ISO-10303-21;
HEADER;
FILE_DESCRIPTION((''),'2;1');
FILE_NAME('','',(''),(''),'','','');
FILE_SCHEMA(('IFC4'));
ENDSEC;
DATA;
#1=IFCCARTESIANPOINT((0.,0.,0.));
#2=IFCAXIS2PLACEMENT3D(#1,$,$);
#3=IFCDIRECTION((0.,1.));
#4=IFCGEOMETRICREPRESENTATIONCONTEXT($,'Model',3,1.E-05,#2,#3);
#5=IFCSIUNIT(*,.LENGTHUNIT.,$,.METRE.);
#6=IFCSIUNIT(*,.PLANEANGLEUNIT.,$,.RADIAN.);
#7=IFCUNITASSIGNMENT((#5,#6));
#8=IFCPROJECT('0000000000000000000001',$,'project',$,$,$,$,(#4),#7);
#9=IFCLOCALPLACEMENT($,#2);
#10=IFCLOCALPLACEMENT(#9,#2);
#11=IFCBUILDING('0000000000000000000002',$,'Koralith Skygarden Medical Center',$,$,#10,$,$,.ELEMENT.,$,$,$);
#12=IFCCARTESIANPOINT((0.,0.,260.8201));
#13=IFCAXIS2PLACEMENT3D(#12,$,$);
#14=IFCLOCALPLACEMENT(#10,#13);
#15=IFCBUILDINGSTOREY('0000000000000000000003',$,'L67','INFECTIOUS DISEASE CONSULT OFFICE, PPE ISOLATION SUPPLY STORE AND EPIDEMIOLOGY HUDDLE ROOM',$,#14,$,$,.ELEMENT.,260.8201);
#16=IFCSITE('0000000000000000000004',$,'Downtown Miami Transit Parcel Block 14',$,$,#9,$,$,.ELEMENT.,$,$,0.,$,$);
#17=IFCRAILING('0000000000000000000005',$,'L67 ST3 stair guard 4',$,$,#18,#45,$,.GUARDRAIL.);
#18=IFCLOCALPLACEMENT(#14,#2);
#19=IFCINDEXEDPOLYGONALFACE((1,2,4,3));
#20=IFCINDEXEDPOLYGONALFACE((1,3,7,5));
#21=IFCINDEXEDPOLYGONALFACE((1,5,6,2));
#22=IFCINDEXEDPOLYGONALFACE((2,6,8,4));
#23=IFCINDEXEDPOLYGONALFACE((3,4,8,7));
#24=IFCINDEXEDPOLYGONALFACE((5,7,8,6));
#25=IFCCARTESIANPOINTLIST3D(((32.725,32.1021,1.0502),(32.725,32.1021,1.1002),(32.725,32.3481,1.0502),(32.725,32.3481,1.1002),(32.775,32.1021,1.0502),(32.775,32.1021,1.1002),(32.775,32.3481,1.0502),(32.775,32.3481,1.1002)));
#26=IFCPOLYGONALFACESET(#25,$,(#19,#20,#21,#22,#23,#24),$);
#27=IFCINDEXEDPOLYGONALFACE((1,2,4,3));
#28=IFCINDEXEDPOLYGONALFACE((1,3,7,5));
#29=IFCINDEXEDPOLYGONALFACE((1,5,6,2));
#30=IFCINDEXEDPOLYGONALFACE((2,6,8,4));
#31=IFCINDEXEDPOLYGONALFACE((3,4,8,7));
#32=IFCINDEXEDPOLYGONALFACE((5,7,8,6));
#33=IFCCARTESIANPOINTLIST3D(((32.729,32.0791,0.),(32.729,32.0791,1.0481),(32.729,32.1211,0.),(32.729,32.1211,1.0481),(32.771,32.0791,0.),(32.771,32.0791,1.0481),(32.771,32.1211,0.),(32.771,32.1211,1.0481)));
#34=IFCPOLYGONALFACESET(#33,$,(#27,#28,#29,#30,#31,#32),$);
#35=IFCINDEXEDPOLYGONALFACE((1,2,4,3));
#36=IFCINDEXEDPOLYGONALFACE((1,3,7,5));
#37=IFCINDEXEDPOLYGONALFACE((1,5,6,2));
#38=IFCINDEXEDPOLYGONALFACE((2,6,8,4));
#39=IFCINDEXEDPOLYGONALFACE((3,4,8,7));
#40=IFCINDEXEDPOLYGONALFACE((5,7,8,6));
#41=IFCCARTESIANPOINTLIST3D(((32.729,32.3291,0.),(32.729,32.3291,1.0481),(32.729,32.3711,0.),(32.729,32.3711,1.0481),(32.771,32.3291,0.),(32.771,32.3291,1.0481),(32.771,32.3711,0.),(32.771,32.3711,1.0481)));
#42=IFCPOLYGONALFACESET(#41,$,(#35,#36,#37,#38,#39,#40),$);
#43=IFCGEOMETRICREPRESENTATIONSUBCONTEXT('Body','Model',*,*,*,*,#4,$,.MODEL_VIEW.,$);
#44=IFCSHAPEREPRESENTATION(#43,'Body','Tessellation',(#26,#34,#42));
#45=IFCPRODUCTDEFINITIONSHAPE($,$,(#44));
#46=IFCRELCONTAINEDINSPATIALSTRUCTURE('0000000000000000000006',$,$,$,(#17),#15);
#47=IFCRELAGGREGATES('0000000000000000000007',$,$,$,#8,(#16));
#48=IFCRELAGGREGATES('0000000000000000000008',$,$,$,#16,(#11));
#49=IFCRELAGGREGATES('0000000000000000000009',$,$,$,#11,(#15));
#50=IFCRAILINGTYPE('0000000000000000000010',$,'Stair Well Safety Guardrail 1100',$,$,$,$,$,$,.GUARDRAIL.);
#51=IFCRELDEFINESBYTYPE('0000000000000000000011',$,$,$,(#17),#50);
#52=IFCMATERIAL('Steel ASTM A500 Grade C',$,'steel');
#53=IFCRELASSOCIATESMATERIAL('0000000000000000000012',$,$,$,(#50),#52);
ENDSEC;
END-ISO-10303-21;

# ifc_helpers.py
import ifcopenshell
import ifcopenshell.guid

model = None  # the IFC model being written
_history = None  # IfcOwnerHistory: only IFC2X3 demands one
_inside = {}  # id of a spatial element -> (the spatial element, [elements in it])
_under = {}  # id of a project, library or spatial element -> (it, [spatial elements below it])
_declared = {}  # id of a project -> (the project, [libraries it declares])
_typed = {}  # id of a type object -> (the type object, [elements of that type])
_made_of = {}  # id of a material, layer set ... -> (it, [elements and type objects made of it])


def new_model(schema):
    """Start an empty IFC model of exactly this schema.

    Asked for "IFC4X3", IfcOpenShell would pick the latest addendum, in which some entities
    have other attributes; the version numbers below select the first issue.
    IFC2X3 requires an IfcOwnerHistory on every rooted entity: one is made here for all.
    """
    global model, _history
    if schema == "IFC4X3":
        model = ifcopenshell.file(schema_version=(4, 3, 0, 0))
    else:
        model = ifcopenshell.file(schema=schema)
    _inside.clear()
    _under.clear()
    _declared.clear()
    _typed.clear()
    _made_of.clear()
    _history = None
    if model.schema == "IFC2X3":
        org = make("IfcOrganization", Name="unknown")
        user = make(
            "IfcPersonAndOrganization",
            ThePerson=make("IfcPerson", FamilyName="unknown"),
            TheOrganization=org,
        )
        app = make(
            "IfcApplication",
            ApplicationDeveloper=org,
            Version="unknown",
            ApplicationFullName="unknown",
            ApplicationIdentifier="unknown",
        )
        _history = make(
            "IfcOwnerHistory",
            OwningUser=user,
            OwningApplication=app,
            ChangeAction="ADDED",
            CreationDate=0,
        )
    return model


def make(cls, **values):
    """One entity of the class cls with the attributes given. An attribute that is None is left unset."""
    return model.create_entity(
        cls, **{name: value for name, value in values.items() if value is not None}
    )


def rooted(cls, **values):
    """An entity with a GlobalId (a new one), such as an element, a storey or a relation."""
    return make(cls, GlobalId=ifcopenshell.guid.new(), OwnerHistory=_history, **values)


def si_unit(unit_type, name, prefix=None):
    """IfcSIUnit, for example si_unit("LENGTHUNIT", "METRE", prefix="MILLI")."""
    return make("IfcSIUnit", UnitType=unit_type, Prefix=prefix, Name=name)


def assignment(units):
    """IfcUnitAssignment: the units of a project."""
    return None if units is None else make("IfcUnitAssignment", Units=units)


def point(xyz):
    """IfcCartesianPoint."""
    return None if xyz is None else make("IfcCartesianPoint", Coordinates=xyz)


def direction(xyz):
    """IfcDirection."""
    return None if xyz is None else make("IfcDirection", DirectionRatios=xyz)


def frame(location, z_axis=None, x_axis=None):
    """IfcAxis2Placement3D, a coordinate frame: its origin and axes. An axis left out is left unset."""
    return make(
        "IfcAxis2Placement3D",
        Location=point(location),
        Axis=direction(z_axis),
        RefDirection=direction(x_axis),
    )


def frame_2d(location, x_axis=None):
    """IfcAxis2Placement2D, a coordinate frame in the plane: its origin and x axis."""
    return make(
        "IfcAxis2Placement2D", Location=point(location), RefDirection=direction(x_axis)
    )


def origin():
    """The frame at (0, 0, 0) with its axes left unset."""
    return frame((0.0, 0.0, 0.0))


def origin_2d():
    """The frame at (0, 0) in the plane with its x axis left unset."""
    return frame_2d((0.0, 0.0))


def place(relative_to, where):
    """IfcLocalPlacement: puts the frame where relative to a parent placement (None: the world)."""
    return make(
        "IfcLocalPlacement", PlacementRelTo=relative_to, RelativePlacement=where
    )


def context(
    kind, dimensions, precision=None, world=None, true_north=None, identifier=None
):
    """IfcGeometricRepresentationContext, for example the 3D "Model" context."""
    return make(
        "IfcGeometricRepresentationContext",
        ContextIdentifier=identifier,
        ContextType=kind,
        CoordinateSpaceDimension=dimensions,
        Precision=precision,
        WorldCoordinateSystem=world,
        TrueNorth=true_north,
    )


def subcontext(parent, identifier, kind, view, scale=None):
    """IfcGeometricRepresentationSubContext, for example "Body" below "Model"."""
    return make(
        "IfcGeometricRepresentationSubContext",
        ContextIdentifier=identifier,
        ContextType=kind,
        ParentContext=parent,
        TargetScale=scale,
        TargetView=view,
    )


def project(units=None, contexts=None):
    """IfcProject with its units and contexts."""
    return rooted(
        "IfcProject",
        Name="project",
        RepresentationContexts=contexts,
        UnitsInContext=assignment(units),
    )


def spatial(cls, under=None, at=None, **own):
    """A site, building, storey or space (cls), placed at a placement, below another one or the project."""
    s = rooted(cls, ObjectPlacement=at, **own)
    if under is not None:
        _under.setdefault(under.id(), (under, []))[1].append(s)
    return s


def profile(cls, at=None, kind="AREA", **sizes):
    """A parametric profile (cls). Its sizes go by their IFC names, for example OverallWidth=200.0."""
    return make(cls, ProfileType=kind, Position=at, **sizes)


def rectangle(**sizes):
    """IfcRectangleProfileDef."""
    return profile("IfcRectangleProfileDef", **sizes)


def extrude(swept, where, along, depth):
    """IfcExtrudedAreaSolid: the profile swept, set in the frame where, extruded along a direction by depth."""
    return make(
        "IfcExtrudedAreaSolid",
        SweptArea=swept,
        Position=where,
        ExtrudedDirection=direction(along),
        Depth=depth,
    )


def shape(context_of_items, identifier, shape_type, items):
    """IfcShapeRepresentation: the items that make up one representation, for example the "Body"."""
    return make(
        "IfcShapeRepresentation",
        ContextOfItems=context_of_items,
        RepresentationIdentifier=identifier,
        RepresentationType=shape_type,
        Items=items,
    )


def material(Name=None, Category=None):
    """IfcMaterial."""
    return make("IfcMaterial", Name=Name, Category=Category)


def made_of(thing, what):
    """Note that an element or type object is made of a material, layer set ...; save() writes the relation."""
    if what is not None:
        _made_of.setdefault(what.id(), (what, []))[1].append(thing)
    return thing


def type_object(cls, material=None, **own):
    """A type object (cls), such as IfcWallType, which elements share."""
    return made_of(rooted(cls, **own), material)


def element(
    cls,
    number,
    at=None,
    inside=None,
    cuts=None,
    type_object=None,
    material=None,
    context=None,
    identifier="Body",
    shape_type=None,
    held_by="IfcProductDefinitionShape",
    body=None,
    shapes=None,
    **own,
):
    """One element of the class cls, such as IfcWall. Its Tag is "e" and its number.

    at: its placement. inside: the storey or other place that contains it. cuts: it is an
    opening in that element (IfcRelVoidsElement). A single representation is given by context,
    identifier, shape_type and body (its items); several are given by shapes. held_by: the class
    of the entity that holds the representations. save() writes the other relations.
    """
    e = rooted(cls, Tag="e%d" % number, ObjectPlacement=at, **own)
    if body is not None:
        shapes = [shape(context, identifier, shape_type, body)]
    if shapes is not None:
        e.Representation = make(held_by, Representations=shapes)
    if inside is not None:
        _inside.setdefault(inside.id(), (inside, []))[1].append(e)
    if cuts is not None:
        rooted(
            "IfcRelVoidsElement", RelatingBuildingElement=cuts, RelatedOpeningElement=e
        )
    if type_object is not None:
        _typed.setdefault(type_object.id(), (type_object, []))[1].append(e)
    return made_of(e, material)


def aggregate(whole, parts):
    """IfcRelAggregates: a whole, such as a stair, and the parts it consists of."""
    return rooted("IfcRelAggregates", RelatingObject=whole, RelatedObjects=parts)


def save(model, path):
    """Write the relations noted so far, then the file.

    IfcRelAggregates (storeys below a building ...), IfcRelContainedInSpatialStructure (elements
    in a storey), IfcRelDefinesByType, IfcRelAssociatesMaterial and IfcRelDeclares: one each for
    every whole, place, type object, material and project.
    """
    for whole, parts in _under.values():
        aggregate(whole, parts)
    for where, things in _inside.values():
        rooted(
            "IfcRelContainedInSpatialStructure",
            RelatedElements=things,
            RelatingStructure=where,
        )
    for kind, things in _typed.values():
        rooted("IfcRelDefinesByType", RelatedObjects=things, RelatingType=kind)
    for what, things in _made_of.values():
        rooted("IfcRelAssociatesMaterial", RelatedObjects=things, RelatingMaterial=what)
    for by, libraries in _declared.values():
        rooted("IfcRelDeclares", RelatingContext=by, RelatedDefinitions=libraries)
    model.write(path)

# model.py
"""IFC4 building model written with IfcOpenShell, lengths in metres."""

from ifc_helpers import new_model, si_unit, direction, frame, origin, origin_2d, place, context, subcontext, project, spatial, rectangle, extrude, material, type_object, element, save


model = new_model("IFC4")

# Units and contexts
model_context = context("Model", 3, precision=1e-05, world=origin(), true_north=direction((0.0, 1.0)))
body_context = subcontext(model_context, "Body", "Model", "MODEL_VIEW")
ifc_project = project(units=[si_unit("LENGTHUNIT", "METRE"), si_unit("PLANEANGLEUNIT", "RADIAN")], contexts=[model_context])

# Site, building, storey
site_placement = place(None, origin())
site = spatial("IfcSite", under=ifc_project, at=site_placement, Name="Downtown Miami Transit Parcel Block 14", CompositionType="ELEMENT", RefElevation=0.0)
building_placement = place(site_placement, origin())
building = spatial("IfcBuilding", under=site, at=building_placement, Name="Koralith Skygarden Medical Center", CompositionType="ELEMENT")
storey_placement = place(building_placement, frame((0.0, 0.0, 260.8201)))
storey = spatial("IfcBuildingStorey", under=building, at=storey_placement, Name="L67", Description="INFECTIOUS DISEASE CONSULT OFFICE, PPE ISOLATION SUPPLY STORE AND EPIDEMIOLOGY HUDDLE ROOM", CompositionType="ELEMENT", Elevation=260.8201)

# Railing
ifc_material_1 = material(Name="Steel ASTM A500 Grade C", Category="steel")
railing_type_1 = type_object("IfcRailingType", Name="Stair Well Safety Guardrail 1100", PredefinedType="GUARDRAIL", material=ifc_material_1)
for number, where, name in (
    (1, (32.75, 32.1001, 0.0), "L67 ST3 stair guard 4"),
):
    element("IfcRailing", number, at=place(storey_placement, frame(where)), inside=storey, type_object=railing_type_1, Name=name, PredefinedType="GUARDRAIL", context=body_context, shape_type="SweptSolid", body=[
        extrude(rectangle(XDim=0.05, YDim=0.05, at=origin_2d()), frame((0.0, 0.002, 1.0752), z_axis=(0.0, 1.0, 0.0), x_axis=(-1.0, 0.0, 0.0)), (0.0, 0.0, 1.0), 0.2461),
        extrude(rectangle(XDim=0.042, YDim=0.042, at=origin_2d()), origin(), (0.0, 0.0, 1.0), 1.0481),
        extrude(rectangle(XDim=0.042, YDim=0.042, at=origin_2d()), frame((0.0, 0.25, 0.0)), (0.0, 0.0, 1.0), 1.0481),
    ])

save(model, "model.ifc")
